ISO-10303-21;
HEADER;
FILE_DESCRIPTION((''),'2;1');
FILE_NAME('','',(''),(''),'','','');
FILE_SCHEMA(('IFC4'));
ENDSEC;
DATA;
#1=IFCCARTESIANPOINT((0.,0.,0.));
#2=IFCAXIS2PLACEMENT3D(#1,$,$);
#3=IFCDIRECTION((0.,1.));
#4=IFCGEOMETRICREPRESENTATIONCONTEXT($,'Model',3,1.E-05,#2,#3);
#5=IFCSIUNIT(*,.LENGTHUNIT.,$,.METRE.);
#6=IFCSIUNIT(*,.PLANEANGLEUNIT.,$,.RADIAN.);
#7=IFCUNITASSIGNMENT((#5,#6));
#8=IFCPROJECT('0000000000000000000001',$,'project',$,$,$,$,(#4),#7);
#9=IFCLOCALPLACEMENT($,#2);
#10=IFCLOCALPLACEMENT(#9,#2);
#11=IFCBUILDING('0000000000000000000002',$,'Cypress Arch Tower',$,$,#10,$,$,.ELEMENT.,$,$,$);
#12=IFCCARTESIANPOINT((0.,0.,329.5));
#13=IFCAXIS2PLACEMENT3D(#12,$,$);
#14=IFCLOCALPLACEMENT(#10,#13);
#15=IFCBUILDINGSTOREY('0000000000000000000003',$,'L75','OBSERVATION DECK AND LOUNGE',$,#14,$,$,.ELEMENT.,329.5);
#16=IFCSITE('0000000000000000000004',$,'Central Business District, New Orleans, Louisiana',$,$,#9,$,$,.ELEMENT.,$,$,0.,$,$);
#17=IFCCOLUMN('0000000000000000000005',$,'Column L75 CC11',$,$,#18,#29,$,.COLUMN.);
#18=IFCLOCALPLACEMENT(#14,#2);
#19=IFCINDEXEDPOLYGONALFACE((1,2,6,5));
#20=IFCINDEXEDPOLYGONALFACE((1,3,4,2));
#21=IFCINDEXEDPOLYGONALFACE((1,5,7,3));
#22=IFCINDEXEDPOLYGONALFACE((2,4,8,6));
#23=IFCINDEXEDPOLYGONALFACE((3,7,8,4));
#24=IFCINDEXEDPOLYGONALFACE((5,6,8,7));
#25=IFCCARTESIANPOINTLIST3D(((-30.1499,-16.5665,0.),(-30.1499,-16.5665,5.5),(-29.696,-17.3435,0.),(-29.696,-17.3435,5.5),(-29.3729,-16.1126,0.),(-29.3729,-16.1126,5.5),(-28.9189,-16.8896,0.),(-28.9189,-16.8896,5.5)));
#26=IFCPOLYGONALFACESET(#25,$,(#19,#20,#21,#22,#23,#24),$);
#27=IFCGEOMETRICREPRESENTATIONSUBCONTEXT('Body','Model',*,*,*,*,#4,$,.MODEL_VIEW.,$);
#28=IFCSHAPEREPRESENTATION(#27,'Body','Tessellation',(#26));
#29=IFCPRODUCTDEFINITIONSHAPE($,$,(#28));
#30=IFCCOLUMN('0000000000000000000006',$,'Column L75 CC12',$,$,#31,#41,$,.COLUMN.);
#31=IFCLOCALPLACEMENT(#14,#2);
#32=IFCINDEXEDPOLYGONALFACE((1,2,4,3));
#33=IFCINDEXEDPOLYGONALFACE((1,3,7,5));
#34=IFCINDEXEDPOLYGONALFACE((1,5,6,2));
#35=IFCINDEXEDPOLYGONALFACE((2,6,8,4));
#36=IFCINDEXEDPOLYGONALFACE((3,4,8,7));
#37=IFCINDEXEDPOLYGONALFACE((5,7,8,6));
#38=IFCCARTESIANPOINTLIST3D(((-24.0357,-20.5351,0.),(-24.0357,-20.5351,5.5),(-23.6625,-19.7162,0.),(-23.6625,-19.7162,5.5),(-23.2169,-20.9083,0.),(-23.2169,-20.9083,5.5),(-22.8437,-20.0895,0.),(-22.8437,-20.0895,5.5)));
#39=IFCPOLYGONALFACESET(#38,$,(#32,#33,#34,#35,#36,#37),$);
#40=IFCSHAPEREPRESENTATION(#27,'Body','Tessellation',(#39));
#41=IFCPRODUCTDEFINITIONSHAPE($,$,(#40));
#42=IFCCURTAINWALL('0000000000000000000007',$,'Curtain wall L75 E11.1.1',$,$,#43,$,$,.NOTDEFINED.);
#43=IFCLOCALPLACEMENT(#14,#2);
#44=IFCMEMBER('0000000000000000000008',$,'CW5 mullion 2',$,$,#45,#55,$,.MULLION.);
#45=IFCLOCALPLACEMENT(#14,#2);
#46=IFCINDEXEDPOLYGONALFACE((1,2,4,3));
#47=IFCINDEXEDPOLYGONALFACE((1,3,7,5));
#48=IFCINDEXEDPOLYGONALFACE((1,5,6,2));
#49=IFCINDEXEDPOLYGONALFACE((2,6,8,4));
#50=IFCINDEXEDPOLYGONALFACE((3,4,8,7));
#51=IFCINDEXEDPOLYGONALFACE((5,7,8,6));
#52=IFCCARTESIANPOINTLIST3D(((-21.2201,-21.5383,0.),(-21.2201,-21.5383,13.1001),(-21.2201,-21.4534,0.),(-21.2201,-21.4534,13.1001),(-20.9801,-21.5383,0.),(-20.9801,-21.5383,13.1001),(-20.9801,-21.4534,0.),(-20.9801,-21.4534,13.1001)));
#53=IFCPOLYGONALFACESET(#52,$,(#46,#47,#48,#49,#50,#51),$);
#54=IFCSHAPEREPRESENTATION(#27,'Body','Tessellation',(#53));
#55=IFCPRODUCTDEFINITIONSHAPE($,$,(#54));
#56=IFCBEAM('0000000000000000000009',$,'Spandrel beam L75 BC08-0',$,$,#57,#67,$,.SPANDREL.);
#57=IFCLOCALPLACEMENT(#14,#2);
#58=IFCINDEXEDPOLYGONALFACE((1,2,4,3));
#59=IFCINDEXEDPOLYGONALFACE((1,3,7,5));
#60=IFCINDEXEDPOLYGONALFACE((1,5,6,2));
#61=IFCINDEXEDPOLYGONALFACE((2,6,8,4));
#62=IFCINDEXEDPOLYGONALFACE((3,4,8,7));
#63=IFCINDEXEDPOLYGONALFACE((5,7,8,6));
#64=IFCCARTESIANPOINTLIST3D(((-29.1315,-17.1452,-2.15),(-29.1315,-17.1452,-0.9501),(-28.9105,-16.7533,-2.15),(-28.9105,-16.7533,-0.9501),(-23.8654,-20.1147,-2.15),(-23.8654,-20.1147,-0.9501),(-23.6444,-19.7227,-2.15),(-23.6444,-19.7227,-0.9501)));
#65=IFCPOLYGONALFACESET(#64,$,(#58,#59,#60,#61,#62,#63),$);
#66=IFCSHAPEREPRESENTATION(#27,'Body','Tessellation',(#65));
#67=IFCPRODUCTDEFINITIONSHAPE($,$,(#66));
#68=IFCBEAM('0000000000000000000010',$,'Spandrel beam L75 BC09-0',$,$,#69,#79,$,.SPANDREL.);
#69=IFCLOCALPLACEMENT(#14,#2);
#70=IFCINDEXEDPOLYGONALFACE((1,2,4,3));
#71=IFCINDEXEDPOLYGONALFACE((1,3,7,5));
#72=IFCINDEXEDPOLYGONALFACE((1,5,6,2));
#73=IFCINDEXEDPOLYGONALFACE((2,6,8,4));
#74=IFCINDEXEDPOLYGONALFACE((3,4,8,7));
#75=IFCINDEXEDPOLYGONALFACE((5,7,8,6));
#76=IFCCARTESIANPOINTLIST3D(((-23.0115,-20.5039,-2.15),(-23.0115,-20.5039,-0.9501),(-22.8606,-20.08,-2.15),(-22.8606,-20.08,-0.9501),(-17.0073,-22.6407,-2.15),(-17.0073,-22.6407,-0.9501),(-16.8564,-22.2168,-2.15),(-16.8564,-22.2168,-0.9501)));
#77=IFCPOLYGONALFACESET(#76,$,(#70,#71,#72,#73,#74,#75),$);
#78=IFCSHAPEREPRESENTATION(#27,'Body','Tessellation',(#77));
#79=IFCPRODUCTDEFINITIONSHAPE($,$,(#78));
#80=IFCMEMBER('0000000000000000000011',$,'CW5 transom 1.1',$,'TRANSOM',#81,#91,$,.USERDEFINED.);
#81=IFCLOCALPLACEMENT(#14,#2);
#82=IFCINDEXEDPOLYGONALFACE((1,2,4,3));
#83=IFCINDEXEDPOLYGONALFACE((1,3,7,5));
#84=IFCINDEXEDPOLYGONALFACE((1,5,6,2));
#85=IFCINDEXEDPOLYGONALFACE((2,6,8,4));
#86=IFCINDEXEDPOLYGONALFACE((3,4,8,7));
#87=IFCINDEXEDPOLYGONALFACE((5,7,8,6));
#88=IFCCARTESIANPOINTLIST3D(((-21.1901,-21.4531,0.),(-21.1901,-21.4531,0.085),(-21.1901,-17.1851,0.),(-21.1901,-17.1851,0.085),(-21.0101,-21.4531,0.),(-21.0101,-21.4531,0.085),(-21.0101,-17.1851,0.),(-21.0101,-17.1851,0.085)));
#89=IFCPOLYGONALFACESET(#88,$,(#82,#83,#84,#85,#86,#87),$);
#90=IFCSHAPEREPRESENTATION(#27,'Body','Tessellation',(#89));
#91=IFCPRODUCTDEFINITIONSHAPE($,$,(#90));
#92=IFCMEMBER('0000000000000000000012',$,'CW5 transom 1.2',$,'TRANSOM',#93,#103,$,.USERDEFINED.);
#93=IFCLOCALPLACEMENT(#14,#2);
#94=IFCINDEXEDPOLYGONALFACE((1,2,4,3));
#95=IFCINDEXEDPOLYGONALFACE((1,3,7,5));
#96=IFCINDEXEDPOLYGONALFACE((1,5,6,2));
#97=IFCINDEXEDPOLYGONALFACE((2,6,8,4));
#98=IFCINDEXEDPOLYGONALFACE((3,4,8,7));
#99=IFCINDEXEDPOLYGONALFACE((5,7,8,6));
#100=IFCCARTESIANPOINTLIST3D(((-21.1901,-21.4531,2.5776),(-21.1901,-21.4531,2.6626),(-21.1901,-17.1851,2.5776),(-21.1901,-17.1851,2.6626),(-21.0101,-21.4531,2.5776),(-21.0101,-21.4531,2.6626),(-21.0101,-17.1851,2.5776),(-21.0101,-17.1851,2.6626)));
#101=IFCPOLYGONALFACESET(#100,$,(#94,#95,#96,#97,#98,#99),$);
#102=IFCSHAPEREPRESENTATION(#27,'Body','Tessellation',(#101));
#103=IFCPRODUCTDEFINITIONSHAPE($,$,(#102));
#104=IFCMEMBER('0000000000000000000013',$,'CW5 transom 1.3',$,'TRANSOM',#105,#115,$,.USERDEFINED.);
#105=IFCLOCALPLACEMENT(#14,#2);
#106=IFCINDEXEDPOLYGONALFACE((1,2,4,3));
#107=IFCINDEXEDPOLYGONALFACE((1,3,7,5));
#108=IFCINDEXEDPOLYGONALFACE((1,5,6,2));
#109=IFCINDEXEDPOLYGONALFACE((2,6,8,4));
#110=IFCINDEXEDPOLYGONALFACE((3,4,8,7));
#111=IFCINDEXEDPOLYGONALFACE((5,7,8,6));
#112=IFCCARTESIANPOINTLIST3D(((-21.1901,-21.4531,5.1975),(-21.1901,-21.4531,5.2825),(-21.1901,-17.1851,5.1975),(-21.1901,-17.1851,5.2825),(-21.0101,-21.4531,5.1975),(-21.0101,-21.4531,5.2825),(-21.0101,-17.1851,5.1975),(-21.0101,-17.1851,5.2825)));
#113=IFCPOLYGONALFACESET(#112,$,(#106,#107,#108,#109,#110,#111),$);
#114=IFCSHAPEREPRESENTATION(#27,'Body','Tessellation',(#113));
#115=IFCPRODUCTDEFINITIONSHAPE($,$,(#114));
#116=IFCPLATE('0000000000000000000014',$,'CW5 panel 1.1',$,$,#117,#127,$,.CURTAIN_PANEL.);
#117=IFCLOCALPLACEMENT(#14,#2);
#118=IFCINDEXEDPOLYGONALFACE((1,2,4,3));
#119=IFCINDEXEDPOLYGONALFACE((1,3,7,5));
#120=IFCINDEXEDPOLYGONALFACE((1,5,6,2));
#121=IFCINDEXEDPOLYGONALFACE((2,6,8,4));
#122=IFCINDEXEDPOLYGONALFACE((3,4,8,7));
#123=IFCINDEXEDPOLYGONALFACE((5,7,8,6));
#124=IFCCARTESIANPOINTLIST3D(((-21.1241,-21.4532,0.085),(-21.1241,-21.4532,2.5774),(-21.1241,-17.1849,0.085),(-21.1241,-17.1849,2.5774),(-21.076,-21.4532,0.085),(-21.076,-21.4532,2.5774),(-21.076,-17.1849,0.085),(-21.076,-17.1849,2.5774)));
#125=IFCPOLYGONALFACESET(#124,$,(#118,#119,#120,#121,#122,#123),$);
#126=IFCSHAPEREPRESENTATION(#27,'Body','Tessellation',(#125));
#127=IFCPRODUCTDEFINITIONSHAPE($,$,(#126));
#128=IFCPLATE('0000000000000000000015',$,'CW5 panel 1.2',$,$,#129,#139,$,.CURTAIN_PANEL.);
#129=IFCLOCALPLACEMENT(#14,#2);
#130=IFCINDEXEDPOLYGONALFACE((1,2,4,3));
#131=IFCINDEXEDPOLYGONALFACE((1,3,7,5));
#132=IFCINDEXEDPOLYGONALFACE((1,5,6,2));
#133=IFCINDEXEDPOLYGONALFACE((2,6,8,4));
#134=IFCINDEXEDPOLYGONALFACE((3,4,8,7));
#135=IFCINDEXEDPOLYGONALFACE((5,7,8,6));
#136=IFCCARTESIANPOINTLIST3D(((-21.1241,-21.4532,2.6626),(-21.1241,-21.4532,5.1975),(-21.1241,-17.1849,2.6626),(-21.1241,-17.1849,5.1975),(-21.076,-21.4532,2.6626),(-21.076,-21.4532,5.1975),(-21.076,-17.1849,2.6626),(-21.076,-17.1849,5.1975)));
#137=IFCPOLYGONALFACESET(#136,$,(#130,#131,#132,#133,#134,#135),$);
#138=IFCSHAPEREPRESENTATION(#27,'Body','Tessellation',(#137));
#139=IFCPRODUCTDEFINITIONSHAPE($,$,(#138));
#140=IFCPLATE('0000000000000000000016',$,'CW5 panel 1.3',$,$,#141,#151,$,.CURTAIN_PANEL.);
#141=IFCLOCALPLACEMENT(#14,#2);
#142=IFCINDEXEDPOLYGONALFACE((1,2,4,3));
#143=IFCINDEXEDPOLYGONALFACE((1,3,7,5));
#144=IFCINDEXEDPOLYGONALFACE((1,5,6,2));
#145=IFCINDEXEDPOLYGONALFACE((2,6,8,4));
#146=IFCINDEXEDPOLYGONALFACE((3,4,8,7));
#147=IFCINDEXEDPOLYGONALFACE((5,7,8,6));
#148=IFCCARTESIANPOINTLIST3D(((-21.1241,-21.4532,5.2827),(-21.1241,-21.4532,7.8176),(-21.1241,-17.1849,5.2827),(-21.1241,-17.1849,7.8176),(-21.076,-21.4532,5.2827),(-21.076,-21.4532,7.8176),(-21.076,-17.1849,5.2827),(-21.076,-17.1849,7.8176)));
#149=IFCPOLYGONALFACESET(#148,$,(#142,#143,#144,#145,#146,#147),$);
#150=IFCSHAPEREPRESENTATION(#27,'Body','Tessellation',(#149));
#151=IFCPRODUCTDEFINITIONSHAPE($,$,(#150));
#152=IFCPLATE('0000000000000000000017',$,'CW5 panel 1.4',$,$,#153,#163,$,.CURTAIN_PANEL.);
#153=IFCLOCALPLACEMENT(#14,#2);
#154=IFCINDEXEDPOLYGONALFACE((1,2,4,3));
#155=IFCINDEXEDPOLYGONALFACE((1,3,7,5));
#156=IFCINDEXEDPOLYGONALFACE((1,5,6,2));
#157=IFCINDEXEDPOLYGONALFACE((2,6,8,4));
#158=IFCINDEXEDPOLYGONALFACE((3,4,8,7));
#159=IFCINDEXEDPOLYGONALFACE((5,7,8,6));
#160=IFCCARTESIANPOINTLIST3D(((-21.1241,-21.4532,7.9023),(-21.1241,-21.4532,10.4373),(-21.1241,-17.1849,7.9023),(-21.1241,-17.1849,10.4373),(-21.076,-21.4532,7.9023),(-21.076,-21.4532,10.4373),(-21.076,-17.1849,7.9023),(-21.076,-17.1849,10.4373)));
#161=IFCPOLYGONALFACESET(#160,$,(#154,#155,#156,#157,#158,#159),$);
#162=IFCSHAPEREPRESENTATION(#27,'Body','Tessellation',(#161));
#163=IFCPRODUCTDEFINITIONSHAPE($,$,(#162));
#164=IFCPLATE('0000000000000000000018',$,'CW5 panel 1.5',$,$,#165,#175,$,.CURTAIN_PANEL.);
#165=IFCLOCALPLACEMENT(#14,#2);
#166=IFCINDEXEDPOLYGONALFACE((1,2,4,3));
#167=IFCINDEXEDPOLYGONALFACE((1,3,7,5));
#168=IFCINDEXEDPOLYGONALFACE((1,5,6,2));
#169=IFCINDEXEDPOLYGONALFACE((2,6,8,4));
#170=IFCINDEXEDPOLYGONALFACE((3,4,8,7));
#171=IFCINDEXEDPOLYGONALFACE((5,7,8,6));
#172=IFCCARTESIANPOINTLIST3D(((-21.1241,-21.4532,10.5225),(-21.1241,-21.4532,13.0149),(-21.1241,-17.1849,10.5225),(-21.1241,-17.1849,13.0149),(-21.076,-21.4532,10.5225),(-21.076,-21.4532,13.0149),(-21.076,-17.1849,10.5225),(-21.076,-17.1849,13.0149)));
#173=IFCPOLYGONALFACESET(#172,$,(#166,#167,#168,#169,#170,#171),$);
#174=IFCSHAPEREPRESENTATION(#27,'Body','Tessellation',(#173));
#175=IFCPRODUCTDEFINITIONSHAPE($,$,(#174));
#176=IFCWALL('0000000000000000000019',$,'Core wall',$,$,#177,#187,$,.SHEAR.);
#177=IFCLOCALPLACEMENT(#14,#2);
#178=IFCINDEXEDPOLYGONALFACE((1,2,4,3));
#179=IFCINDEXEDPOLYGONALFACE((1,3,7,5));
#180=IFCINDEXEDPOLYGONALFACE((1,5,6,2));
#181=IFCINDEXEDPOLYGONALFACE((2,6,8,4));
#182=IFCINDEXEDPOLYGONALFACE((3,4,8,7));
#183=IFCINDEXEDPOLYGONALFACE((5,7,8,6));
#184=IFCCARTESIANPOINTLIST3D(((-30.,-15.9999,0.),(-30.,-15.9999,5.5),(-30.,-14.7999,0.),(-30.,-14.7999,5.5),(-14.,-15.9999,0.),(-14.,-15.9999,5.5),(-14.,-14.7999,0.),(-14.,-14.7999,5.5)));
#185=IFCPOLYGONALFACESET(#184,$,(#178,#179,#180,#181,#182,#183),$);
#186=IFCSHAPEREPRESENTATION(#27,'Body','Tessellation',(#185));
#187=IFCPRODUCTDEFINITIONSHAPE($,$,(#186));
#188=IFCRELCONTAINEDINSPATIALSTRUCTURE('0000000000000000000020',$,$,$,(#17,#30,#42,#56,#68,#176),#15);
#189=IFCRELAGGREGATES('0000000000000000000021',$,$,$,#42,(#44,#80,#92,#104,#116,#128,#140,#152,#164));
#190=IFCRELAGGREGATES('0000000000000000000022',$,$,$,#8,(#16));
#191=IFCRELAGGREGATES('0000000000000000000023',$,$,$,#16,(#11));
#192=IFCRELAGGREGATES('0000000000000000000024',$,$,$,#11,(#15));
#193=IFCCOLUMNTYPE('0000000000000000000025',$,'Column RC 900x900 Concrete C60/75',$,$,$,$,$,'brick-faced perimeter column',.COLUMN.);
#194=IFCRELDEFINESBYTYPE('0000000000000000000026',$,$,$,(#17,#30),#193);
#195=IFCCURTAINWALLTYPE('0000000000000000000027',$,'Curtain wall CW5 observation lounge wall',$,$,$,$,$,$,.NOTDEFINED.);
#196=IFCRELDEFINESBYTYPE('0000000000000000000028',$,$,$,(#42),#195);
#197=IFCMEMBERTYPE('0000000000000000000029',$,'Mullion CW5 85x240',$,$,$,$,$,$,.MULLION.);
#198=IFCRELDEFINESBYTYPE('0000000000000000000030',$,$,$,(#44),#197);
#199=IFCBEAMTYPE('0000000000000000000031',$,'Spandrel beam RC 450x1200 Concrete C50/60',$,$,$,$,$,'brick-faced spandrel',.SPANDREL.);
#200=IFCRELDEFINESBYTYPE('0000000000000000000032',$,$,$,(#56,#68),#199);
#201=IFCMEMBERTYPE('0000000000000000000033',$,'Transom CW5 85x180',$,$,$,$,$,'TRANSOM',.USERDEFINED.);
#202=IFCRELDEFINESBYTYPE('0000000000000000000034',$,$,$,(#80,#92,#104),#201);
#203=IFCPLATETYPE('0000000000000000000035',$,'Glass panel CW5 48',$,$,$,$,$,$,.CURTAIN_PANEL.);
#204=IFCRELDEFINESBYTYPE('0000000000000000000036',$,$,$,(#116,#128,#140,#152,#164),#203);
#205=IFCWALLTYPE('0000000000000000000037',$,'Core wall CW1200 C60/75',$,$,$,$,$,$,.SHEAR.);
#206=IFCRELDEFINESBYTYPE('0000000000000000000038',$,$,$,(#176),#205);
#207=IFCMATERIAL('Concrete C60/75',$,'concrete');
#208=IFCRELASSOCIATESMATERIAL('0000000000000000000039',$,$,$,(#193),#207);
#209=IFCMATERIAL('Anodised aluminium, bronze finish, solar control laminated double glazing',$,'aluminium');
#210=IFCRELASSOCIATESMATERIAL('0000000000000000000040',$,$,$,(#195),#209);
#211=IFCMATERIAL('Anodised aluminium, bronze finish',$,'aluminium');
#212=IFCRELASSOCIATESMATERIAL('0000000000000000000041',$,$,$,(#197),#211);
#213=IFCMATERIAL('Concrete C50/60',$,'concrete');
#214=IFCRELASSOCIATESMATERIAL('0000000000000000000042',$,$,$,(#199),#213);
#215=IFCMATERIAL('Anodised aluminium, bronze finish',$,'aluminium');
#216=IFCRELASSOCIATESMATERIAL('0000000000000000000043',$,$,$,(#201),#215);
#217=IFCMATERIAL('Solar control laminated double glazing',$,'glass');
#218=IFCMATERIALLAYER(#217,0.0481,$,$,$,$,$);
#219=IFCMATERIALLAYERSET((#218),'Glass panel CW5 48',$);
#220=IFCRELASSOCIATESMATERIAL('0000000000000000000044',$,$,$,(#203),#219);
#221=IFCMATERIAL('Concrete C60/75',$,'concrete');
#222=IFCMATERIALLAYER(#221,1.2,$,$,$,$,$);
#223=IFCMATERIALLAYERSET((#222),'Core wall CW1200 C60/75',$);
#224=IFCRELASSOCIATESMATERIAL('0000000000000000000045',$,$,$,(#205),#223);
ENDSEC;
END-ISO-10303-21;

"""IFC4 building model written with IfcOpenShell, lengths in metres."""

from ifc_helpers import new_model, si_unit, direction, frame, frame_2d, origin, origin_2d, place, context, subcontext, project, spatial, rectangle, extrude, material, layer, layer_set, material_profile, profile_set, type_object, element, aggregate, save


model = new_model("IFC4")

# Units and contexts
model_context = context("Model", 3, precision=1e-05, world=origin(), true_north=direction((0.0, 1.0)))
body_context = subcontext(model_context, "Body", "Model", "MODEL_VIEW")
ifc_project = project(units=[si_unit("LENGTHUNIT", "METRE"), si_unit("PLANEANGLEUNIT", "RADIAN")], contexts=[model_context])

# Site, building, storey
site_placement = place(None, origin())
site = spatial("IfcSite", under=ifc_project, at=site_placement, Name="Central Business District, New Orleans, Louisiana", CompositionType="ELEMENT", RefElevation=0.0)
building_placement = place(site_placement, origin())
building = spatial("IfcBuilding", under=site, at=building_placement, Name="Cypress Arch Tower", CompositionType="ELEMENT")
storey_placement = place(building_placement, frame((0.0, 0.0, 329.5)))
storey = spatial("IfcBuildingStorey", under=building, at=storey_placement, Name="L75", Description="OBSERVATION DECK AND LOUNGE", CompositionType="ELEMENT", Elevation=329.5)

# Columns
ifc_material_1 = material(Name="Concrete C60/75", Category="concrete")
ifc_material_profile_1 = material_profile(ifc_material_1, rectangle(XDim=0.8999, YDim=0.8999, at=origin_2d()), Name="RC 900x900")
ifc_profile_set_1 = profile_set([ifc_material_profile_1], Name="Concrete C60/75")
column_type = type_object("IfcColumnType", Name="Column RC 900x900 Concrete C60/75", ElementType="brick-faced perimeter column", PredefinedType="COLUMN", material=ifc_profile_set_1)
for number, where, z_axis, x_axis, name in (
    (1, (-29.5344, -16.728, 0.0), (0.0, 0.0, 1.0), (0.504399, -0.863471, 0.0), "Column L75 CC11"),
    (2, (-23.4397, -20.3123, 0.0), (0.0, 0.0, 1.0), (0.909932, -0.414757, 0.0), "Column L75 CC12"),
):
    element("IfcColumn", number, at=place(storey_placement, frame(where, z_axis=z_axis, x_axis=x_axis)), inside=storey, type_object=column_type, Name=name, PredefinedType="COLUMN", context=body_context, shape_type="SweptSolid", body=[
        extrude(rectangle(XDim=0.8999, YDim=0.8999, at=origin_2d()), origin(), (0.0, 0.0, 1.0), 5.5),
    ])

# Curtain wall, member
ifc_material_2 = material(Name="Anodised aluminium, bronze finish, solar control laminated double glazing", Category="aluminium")
curtain_wall_type = type_object("IfcCurtainWallType", Name="Curtain wall CW5 observation lounge wall", PredefinedType="NOTDEFINED", material=ifc_material_2)
curtain_wall_placement = place(storey_placement, origin())
curtain_wall = element("IfcCurtainWall", 3, at=curtain_wall_placement, inside=storey, type_object=curtain_wall_type, Name="Curtain wall L75 E11.1.1", PredefinedType="NOTDEFINED")
ifc_material_3 = material(Name="Anodised aluminium, bronze finish", Category="aluminium")
ifc_material_profile_2 = material_profile(ifc_material_3, rectangle(XDim=0.24, YDim=0.085, at=origin_2d()), Name="Mullion 85x240")
ifc_profile_set_2 = profile_set([ifc_material_profile_2], Name="Anodised aluminium, bronze finish")
member_type_1 = type_object("IfcMemberType", Name="Mullion CW5 85x240", PredefinedType="MULLION", material=ifc_profile_set_2)
member_1_placement = place(storey_placement, frame((-21.1001, -21.4958, 0.0), z_axis=(0.0, 0.0, 1.0), x_axis=(1.0, 0.0, 0.0)))
member_1 = element("IfcMember", 4, at=member_1_placement, type_object=member_type_1, Name="CW5 mullion 2", PredefinedType="MULLION", context=body_context, shape_type="SweptSolid", body=[
    extrude(rectangle(XDim=0.24, YDim=0.085, at=origin_2d()), origin(), (0.0, 0.0, 1.0), 13.1001),
])

# Beams
ifc_material_4 = material(Name="Concrete C50/60", Category="concrete")
ifc_material_profile_3 = material_profile(ifc_material_4, rectangle(XDim=0.45, YDim=1.2, at=origin_2d()), Name="RC 450x1200")
ifc_profile_set_3 = profile_set([ifc_material_profile_3], Name="Concrete C50/60")
beam_type = type_object("IfcBeamType", Name="Spandrel beam RC 450x1200 Concrete C50/60", ElementType="brick-faced spandrel", PredefinedType="SPANDREL", material=ifc_profile_set_3)
beam_1_placement = place(storey_placement, frame((-29.021, -16.9492, -1.55), z_axis=(0.87106, -0.491177, 0.0), x_axis=(0.491177, 0.87106, 0.0)))
element("IfcBeam", 5, at=beam_1_placement, inside=storey, type_object=beam_type, Name="Spandrel beam L75 BC08-0", PredefinedType="SPANDREL", context=body_context, shape_type="SweptSolid", body=[
    extrude(rectangle(XDim=0.45, YDim=1.2, at=origin_2d()), origin(), (0.0, 0.0, 1.0), 6.0457),
])
beam_2_placement = place(storey_placement, frame((-22.936, -20.292, -1.55), z_axis=(0.94212, -0.335276, 0.0), x_axis=(0.335276, 0.94212, 0.0)))
element("IfcBeam", 6, at=beam_2_placement, inside=storey, type_object=beam_type, Name="Spandrel beam L75 BC09-0", PredefinedType="SPANDREL", context=body_context, shape_type="SweptSolid", body=[
    extrude(rectangle(XDim=0.45, YDim=1.2, at=origin_2d()), origin(), (0.0, 0.0, 1.0), 6.373),
])

# Members
ifc_material_5 = material(Name="Anodised aluminium, bronze finish", Category="aluminium")
ifc_material_profile_4 = material_profile(ifc_material_5, rectangle(XDim=0.1799, YDim=0.085, at=origin_2d()), Name="Transom 85x180")
ifc_profile_set_4 = profile_set([ifc_material_profile_4], Name="Anodised aluminium, bronze finish")
member_type_2 = type_object("IfcMemberType", Name="Transom CW5 85x180", ElementType="TRANSOM", PredefinedType="USERDEFINED", material=ifc_profile_set_4)
member_2_placement = place(storey_placement, frame((-21.1001, -17.1851, 0.0425), z_axis=(0.0, -1.0, 0.0), x_axis=(1.0, 0.0, 0.0)))
member_2 = element("IfcMember", 7, at=member_2_placement, type_object=member_type_2, Name="CW5 transom 1.1", ObjectType="TRANSOM", PredefinedType="USERDEFINED", context=body_context, shape_type="SweptSolid", body=[
    extrude(rectangle(XDim=0.1799, YDim=0.085, at=origin_2d()), origin(), (0.0, 0.0, 1.0), 4.2681),
])
member_3_placement = place(storey_placement, frame((-21.1001, -17.1851, 2.6201), z_axis=(0.0, -1.0, 0.0), x_axis=(1.0, 0.0, 0.0)))
member_3 = element("IfcMember", 8, at=member_3_placement, type_object=member_type_2, Name="CW5 transom 1.2", ObjectType="TRANSOM", PredefinedType="USERDEFINED", context=body_context, shape_type="SweptSolid", body=[
    extrude(rectangle(XDim=0.1799, YDim=0.085, at=origin_2d()), origin(), (0.0, 0.0, 1.0), 4.2681),
])
member_4_placement = place(storey_placement, frame((-21.1001, -17.1851, 5.24), z_axis=(0.0, -1.0, 0.0), x_axis=(1.0, 0.0, 0.0)))
member_4 = element("IfcMember", 9, at=member_4_placement, type_object=member_type_2, Name="CW5 transom 1.3", ObjectType="TRANSOM", PredefinedType="USERDEFINED", context=body_context, shape_type="SweptSolid", body=[
    extrude(rectangle(XDim=0.1799, YDim=0.085, at=origin_2d()), origin(), (0.0, 0.0, 1.0), 4.2681),
])

# Plates
ifc_material_6 = material(Name="Solar control laminated double glazing", Category="glass")
ifc_layer_1 = layer(ifc_material_6, 0.0481)
ifc_layer_set_1 = layer_set([ifc_layer_1], Name="Glass panel CW5 48")
plate_type = type_object("IfcPlateType", Name="Glass panel CW5 48", PredefinedType="CURTAIN_PANEL", material=ifc_layer_set_1)
plate_1_placement = place(storey_placement, frame((-21.1001, -19.3191, 0.085), z_axis=(0.0, 0.0, 1.0), x_axis=(0.0, -1.0, 0.0)))
plate_1 = element("IfcPlate", 10, at=plate_1_placement, type_object=plate_type, Name="CW5 panel 1.1", PredefinedType="CURTAIN_PANEL", context=body_context, shape_type="SweptSolid", body=[
    extrude(rectangle(XDim=4.2683, YDim=0.0481, at=origin_2d()), origin(), (0.0, 0.0, 1.0), 2.4924),
])
plate_2_placement = place(storey_placement, frame((-21.1001, -19.3191, 2.6626), z_axis=(0.0, 0.0, 1.0), x_axis=(0.0, -1.0, 0.0)))
plate_2 = element("IfcPlate", 11, at=plate_2_placement, type_object=plate_type, Name="CW5 panel 1.2", PredefinedType="CURTAIN_PANEL", context=body_context, shape_type="SweptSolid", body=[
    extrude(rectangle(XDim=4.2683, YDim=0.0481, at=origin_2d()), origin(), (0.0, 0.0, 1.0), 2.5349),
])
plate_3_placement = place(storey_placement, frame((-21.1001, -19.3191, 5.2827), z_axis=(0.0, 0.0, 1.0), x_axis=(0.0, -1.0, 0.0)))
plate_3 = element("IfcPlate", 12, at=plate_3_placement, type_object=plate_type, Name="CW5 panel 1.3", PredefinedType="CURTAIN_PANEL", context=body_context, shape_type="SweptSolid", body=[
    extrude(rectangle(XDim=4.2683, YDim=0.0481, at=origin_2d()), origin(), (0.0, 0.0, 1.0), 2.5349),
])
plate_4_placement = place(storey_placement, frame((-21.1001, -19.3191, 7.9023), z_axis=(0.0, 0.0, 1.0), x_axis=(0.0, -1.0, 0.0)))
plate_4 = element("IfcPlate", 13, at=plate_4_placement, type_object=plate_type, Name="CW5 panel 1.4", PredefinedType="CURTAIN_PANEL", context=body_context, shape_type="SweptSolid", body=[
    extrude(rectangle(XDim=4.2683, YDim=0.0481, at=origin_2d()), origin(), (0.0, 0.0, 1.0), 2.5349),
])
plate_5_placement = place(storey_placement, frame((-21.1001, -19.3191, 10.5225), z_axis=(0.0, 0.0, 1.0), x_axis=(0.0, -1.0, 0.0)))
plate_5 = element("IfcPlate", 14, at=plate_5_placement, type_object=plate_type, Name="CW5 panel 1.5", PredefinedType="CURTAIN_PANEL", context=body_context, shape_type="SweptSolid", body=[
    extrude(rectangle(XDim=4.2683, YDim=0.0481, at=origin_2d()), origin(), (0.0, 0.0, 1.0), 2.4924),
])
aggregate(curtain_wall, [member_1, member_2, member_3, member_4, plate_1, plate_2, plate_3, plate_4, plate_5])

# Wall
ifc_material_7 = material(Name="Concrete C60/75", Category="concrete")
ifc_layer_2 = layer(ifc_material_7, 1.2)
ifc_layer_set_2 = layer_set([ifc_layer_2], Name="Core wall CW1200 C60/75")
wall_type_1 = type_object("IfcWallType", Name="Core wall CW1200 C60/75", PredefinedType="SHEAR", material=ifc_layer_set_2)
wall_1_placement = place(storey_placement, frame((-30.0, -15.3999, 0.0), z_axis=(0.0, 0.0, 1.0), x_axis=(1.0, 0.0, 0.0)))
element("IfcWall", 15, at=wall_1_placement, inside=storey, type_object=wall_type_1, Name="Core wall", PredefinedType="SHEAR", context=body_context, shape_type="SweptSolid", body=[
    extrude(rectangle(XDim=16.0, YDim=1.2, at=frame_2d((8.0, 0.0))), origin(), (0.0, 0.0, 1.0), 5.5),
])

save(model, "model.ifc")
